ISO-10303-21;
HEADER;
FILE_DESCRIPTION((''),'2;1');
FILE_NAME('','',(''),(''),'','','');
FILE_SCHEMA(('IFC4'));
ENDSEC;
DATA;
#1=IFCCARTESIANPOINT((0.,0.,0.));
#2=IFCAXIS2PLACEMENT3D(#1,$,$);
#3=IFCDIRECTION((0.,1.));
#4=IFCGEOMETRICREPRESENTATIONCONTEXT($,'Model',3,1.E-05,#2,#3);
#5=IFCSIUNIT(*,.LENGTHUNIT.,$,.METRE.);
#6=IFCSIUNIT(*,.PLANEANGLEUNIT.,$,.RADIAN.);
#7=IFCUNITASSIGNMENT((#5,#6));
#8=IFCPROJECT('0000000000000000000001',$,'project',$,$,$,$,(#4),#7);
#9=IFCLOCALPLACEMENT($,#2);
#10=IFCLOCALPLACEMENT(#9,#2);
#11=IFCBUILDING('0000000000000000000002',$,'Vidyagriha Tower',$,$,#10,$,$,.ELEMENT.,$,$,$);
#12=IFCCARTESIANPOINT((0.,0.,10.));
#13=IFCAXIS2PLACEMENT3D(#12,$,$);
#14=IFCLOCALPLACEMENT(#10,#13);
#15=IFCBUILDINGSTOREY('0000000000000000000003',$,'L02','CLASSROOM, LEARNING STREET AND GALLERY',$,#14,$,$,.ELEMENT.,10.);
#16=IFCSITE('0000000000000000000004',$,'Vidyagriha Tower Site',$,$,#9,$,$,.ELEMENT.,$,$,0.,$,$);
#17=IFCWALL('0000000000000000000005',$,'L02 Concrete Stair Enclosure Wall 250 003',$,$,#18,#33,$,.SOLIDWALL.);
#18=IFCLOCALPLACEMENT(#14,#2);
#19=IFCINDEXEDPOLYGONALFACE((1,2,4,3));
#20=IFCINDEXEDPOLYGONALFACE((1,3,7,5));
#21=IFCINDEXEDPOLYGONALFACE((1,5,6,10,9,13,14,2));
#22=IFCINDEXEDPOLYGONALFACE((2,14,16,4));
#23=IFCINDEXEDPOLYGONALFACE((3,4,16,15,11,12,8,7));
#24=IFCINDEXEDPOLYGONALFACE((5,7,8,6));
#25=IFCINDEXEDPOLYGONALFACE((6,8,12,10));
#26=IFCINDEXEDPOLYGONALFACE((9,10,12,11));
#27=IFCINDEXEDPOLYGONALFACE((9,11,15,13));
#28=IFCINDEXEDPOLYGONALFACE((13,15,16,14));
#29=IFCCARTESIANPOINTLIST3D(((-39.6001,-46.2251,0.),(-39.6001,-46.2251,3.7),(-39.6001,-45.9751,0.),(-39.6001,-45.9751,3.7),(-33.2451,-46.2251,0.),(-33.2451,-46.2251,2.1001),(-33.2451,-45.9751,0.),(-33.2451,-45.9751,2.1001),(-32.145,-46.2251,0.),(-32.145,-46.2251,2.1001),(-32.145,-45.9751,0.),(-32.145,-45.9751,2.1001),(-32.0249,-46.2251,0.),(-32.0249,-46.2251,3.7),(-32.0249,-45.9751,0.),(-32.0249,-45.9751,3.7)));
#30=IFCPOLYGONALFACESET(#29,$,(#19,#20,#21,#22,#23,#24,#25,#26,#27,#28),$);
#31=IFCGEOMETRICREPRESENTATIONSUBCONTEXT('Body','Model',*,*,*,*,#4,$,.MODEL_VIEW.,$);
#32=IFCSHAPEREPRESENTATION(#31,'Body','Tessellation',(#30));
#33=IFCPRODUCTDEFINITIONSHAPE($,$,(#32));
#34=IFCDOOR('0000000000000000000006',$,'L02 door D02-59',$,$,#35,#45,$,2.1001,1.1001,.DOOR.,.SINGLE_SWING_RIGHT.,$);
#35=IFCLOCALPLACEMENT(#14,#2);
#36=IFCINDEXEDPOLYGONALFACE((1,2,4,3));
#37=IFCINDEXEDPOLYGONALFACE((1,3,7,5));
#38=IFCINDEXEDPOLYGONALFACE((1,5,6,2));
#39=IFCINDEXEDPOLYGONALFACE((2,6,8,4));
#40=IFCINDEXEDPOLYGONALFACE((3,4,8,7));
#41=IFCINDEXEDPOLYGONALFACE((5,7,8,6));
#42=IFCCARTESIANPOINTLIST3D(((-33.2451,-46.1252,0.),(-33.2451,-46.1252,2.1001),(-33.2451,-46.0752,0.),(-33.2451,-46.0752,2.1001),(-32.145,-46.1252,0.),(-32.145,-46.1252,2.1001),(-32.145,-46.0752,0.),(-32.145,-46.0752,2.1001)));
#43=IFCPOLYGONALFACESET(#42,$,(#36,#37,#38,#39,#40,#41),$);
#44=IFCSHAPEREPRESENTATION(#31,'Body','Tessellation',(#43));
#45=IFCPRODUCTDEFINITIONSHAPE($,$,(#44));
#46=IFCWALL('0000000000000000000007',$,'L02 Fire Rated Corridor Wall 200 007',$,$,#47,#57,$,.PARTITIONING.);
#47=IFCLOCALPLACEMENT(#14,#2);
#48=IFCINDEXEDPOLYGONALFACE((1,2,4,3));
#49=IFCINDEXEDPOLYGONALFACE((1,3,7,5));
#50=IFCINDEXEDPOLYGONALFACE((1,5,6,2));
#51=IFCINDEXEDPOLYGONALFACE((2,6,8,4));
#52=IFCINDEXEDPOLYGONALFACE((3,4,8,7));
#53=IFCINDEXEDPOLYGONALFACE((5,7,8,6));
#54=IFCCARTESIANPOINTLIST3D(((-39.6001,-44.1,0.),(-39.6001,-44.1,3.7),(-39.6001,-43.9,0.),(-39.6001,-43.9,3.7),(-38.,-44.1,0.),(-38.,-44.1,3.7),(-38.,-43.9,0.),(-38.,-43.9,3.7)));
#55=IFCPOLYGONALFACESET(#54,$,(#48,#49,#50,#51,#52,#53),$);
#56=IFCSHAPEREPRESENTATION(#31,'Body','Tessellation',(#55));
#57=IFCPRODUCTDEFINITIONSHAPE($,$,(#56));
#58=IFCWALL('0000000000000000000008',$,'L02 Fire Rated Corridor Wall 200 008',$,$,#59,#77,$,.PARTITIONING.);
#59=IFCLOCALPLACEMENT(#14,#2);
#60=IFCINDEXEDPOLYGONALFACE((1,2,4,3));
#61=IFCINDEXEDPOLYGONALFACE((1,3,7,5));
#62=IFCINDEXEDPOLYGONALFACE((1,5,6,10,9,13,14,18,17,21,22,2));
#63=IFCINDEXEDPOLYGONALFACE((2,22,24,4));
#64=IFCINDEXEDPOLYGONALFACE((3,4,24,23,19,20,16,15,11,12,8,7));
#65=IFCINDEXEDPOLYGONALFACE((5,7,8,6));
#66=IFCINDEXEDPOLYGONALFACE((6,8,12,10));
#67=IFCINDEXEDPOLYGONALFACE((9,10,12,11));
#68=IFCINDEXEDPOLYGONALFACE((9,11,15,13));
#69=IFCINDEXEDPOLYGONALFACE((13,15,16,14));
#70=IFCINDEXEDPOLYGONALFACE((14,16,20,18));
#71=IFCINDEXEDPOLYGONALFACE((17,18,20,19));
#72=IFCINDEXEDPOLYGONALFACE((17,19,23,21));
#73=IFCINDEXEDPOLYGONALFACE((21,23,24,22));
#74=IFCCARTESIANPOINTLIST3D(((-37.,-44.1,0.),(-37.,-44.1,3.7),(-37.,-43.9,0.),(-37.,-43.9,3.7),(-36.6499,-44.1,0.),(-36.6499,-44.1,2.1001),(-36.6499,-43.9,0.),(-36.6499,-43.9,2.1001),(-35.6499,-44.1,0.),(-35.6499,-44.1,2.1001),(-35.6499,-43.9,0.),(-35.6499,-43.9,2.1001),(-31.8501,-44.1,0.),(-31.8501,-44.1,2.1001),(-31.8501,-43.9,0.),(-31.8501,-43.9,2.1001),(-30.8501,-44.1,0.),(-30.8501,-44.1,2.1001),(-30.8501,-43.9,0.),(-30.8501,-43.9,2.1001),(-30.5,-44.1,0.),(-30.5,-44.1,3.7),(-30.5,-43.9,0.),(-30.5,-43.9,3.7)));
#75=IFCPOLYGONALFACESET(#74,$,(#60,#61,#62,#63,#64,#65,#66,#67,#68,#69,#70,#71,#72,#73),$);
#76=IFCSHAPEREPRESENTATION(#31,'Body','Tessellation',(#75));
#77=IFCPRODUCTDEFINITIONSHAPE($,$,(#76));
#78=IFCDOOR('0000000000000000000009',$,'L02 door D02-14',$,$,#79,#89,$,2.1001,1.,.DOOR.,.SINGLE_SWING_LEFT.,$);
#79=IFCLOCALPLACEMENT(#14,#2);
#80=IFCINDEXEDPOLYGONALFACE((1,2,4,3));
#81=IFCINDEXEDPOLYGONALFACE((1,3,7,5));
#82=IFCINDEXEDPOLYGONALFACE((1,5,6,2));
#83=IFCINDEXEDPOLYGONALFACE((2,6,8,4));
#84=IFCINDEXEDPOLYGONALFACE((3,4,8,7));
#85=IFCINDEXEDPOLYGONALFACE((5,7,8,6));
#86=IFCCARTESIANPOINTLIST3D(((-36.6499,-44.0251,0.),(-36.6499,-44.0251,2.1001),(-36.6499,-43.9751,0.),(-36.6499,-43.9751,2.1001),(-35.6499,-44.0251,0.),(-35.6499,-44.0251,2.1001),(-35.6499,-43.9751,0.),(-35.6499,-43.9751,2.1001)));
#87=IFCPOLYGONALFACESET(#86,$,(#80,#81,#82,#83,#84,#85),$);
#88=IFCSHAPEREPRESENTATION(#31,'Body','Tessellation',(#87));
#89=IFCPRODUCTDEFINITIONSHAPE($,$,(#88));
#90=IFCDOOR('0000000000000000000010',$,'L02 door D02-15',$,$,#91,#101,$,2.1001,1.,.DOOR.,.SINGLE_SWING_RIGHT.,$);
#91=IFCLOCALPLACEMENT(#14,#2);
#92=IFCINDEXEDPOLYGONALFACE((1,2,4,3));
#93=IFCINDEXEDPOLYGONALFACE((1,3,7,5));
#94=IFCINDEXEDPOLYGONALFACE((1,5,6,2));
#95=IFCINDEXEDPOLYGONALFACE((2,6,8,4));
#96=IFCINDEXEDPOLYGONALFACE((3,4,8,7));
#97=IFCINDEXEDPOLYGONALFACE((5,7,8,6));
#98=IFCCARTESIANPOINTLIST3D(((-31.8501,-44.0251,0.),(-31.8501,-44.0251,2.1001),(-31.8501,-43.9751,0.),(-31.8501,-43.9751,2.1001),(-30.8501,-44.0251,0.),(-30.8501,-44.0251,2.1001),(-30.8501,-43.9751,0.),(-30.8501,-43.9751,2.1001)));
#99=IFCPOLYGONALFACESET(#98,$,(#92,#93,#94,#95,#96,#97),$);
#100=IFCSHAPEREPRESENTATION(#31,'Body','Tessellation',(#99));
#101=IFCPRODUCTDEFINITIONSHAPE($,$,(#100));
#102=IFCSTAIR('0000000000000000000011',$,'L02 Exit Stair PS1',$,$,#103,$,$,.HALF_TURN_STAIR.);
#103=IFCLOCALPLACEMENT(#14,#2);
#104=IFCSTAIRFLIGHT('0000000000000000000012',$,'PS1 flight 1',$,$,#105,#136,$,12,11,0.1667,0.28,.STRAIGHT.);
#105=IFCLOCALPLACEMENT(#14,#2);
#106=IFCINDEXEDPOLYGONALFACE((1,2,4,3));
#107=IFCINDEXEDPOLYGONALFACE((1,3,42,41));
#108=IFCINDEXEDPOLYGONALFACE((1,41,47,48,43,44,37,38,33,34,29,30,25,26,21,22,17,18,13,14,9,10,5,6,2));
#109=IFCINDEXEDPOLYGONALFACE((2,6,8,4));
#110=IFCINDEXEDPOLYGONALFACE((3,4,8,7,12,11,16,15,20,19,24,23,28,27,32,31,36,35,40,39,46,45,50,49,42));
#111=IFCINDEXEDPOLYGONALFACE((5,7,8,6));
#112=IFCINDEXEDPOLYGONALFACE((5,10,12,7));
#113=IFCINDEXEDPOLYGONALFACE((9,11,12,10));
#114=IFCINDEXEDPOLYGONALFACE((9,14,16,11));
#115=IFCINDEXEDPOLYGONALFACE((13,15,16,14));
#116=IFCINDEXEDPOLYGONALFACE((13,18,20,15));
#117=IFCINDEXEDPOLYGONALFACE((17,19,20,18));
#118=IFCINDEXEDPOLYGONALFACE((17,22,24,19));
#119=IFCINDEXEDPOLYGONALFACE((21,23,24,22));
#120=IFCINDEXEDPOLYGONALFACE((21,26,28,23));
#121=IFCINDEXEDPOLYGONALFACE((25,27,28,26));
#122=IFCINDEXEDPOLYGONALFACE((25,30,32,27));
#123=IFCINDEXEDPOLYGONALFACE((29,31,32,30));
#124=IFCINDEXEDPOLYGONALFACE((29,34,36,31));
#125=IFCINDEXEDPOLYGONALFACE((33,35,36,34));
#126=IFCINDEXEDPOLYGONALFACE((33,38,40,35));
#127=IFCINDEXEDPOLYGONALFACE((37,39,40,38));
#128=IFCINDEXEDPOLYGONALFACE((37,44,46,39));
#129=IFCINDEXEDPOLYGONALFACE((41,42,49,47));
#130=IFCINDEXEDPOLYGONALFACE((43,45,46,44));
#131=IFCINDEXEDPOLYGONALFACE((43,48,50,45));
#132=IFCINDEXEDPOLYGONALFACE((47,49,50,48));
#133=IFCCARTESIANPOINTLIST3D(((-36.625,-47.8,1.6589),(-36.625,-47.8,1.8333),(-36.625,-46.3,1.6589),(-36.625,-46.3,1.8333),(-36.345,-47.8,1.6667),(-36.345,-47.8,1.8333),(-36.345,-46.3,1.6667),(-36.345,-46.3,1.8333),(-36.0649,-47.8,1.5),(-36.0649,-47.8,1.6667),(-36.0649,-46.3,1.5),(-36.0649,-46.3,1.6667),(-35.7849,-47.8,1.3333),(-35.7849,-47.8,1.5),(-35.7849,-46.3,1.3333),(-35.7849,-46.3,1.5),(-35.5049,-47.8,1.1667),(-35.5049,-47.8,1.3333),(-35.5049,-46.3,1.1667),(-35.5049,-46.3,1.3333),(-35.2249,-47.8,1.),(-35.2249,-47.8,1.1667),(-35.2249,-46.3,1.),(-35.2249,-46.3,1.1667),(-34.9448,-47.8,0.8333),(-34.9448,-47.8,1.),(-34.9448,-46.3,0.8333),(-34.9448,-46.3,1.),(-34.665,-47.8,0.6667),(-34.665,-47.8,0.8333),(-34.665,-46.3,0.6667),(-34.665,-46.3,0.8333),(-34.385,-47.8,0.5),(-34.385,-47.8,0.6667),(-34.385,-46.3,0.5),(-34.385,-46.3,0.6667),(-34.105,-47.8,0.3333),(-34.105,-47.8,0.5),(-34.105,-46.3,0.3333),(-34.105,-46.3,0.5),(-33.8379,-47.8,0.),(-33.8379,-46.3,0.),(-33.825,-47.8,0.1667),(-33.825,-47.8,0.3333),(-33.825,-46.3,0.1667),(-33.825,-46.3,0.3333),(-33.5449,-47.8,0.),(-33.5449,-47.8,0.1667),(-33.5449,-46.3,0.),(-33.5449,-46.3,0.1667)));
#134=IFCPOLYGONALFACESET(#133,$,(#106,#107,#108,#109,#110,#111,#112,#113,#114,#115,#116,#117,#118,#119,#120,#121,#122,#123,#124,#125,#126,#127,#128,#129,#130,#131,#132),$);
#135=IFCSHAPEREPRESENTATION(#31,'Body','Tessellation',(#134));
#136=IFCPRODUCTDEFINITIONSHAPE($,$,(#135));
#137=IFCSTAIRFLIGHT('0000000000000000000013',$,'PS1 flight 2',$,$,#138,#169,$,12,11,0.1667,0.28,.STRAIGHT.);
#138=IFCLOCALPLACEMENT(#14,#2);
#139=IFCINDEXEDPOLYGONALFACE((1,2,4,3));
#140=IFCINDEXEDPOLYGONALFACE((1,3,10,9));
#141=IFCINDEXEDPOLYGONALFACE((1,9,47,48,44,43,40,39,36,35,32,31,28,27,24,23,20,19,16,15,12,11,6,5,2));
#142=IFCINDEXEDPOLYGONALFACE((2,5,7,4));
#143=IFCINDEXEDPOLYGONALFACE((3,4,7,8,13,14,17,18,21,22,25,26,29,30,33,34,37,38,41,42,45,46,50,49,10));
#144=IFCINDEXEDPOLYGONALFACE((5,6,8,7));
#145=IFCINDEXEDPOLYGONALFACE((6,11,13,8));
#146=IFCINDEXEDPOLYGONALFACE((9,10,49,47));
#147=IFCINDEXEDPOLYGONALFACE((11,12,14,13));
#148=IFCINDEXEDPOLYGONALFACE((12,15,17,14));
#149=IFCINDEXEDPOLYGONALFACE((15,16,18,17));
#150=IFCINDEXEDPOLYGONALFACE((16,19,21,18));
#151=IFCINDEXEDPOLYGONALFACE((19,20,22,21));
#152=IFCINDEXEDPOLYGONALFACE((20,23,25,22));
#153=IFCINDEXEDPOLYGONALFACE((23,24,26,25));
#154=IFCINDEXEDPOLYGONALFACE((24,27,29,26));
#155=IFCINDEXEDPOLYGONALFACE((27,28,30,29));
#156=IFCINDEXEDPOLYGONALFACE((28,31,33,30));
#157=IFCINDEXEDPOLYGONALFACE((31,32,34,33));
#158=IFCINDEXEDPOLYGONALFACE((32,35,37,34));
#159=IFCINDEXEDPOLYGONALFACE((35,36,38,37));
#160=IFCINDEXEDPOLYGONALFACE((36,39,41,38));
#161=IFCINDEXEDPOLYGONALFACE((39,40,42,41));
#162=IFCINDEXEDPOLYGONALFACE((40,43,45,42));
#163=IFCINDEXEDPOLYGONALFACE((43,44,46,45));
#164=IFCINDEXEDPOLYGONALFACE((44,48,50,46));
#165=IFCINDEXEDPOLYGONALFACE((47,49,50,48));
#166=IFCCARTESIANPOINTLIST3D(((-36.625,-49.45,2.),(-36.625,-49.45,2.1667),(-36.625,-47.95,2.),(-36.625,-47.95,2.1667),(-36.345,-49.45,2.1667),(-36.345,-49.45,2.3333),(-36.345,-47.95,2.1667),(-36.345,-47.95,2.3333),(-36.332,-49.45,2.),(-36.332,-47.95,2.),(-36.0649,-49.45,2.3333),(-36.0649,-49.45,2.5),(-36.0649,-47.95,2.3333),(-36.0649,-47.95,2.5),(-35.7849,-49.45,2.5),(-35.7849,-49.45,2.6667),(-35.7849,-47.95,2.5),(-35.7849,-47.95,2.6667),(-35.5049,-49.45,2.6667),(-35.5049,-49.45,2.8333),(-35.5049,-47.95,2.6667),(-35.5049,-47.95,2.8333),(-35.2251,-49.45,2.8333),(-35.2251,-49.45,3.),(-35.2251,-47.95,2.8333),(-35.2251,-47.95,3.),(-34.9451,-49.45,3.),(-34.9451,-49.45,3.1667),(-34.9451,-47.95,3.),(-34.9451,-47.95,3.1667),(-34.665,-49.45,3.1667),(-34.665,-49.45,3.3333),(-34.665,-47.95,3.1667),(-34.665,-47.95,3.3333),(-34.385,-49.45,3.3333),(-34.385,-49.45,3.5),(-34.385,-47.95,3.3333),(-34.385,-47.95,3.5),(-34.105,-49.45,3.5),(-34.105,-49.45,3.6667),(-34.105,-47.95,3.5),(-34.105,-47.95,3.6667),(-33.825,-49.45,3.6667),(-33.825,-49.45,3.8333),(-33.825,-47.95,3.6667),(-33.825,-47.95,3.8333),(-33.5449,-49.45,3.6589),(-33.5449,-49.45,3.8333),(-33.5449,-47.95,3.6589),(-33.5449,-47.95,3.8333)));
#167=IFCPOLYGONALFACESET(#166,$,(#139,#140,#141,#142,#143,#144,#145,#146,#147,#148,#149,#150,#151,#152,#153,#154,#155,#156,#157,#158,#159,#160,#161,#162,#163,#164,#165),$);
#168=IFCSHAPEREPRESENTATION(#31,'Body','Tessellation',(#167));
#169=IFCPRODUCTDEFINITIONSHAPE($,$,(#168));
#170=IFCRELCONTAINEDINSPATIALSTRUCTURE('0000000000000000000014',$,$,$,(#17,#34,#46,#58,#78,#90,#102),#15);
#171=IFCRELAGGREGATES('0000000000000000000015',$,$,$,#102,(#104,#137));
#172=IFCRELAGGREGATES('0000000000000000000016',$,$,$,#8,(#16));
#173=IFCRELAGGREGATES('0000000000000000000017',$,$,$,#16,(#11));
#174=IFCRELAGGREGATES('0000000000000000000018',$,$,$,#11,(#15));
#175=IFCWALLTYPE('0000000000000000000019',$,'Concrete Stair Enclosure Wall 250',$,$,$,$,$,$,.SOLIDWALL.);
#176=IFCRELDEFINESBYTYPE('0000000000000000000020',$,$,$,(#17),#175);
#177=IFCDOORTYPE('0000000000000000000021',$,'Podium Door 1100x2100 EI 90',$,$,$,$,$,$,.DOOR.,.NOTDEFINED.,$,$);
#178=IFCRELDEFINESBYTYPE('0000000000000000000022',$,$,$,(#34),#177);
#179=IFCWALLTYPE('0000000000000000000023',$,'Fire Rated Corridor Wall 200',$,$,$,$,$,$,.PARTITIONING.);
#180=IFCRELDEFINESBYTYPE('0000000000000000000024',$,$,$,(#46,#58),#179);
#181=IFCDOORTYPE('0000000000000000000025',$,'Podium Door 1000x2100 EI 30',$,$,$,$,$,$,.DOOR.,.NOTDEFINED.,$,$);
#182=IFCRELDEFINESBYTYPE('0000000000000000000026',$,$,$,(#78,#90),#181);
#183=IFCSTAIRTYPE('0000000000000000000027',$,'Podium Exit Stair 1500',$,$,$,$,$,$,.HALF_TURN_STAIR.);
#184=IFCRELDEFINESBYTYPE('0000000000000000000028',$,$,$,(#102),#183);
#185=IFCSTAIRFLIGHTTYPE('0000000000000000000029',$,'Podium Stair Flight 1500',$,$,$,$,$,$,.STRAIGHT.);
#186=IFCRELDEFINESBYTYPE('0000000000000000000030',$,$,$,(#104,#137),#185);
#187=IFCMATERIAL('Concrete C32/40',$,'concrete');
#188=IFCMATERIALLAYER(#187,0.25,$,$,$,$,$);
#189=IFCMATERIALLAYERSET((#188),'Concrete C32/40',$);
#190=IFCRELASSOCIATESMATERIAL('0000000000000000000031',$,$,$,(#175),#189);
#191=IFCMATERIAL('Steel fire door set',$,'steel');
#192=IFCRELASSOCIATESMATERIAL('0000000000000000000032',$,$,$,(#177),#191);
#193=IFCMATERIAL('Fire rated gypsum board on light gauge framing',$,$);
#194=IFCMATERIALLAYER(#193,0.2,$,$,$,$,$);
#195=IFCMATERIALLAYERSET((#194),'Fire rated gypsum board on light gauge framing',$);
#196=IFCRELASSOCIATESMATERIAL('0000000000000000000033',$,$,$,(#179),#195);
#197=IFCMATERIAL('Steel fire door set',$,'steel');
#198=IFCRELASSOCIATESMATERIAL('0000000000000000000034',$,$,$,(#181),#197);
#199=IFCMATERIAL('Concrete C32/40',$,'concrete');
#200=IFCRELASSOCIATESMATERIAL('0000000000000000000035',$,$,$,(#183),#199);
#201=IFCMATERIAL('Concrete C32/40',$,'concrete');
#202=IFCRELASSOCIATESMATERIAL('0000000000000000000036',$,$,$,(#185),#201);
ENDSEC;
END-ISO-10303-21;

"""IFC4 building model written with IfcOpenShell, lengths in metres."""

from ifc_helpers import new_model, si_unit, direction, frame, frame_2d, origin, place, context, subcontext, project, spatial, polyline, rectangle, outline, extrude, material, layer, layer_set, type_object, element, fill, aggregate, save


model = new_model("IFC4")

# Units and contexts
model_context = context("Model", 3, precision=1e-05, world=origin(), true_north=direction((0.0, 1.0)))
body_context = subcontext(model_context, "Body", "Model", "MODEL_VIEW")
ifc_project = project(units=[si_unit("LENGTHUNIT", "METRE"), si_unit("PLANEANGLEUNIT", "RADIAN")], contexts=[model_context])

# Site, building, storey
site_placement = place(None, origin())
site = spatial("IfcSite", under=ifc_project, at=site_placement, Name="Vidyagriha Tower Site", CompositionType="ELEMENT", RefElevation=0.0)
building_placement = place(site_placement, origin())
building = spatial("IfcBuilding", under=site, at=building_placement, Name="Vidyagriha Tower", CompositionType="ELEMENT")
storey_placement = place(building_placement, frame((0.0, 0.0, 10.0)))
storey = spatial("IfcBuildingStorey", under=building, at=storey_placement, Name="L02", Description="CLASSROOM, LEARNING STREET AND GALLERY", CompositionType="ELEMENT", Elevation=10.0)

# Wall, opening, door
ifc_material_1 = material(Name="Concrete C32/40", Category="concrete")
ifc_layer_1 = layer(ifc_material_1, 0.25)
ifc_layer_set_1 = layer_set([ifc_layer_1], Name="Concrete C32/40")
wall_type_1 = type_object("IfcWallType", Name="Concrete Stair Enclosure Wall 250", PredefinedType="SOLIDWALL", material=ifc_layer_set_1)
wall_1_placement = place(storey_placement, frame((-39.6001, -46.1001, 0.0)))
wall_1 = element("IfcWall", 1, at=wall_1_placement, inside=storey, type_object=wall_type_1, Name="L02 Concrete Stair Enclosure Wall 250 003", PredefinedType="SOLIDWALL", context=body_context, shape_type="SweptSolid", body=[
    extrude(rectangle(XDim=7.5752, YDim=0.25, at=frame_2d((3.7876, 0.0))), origin(), (0.0, 0.0, 1.0), 3.7),
])
opening_1_placement = place(wall_1_placement, frame((6.355, 0.0, 0.0)))
opening_1 = element("IfcOpeningElement", 2, at=opening_1_placement, cuts=wall_1, PredefinedType="OPENING", context=body_context, shape_type="SweptSolid", body=[
    extrude(rectangle(XDim=1.1001, YDim=2.1001, at=frame_2d((0.55, 1.05))), frame((0.0, 0.135, 0.0), z_axis=(0.0, -1.0, 0.0), x_axis=(1.0, 0.0, 0.0)), (0.0, 0.0, 1.0), 0.27),
])
ifc_material_2 = material(Name="Steel fire door set", Category="steel")
door_type_1 = type_object("IfcDoorType", Name="Podium Door 1100x2100 EI 90", OperationType="NOTDEFINED", PredefinedType="DOOR", material=ifc_material_2)
door_1_placement = place(opening_1_placement, origin())
door_1 = element("IfcDoor", 3, at=door_1_placement, inside=storey, type_object=door_type_1, Name="L02 door D02-59", OperationType="SINGLE_SWING_RIGHT", OverallHeight=2.1001, OverallWidth=1.1001, PredefinedType="DOOR", context=body_context, shape_type="SweptSolid", body=[
    extrude(rectangle(XDim=1.1001, YDim=2.1001, at=frame_2d((0.55, 1.05))), frame((0.0, 0.0249, 0.0), z_axis=(0.0, -1.0, 0.0), x_axis=(1.0, 0.0, 0.0)), (0.0, 0.0, 1.0), 0.05),
])
fill(opening_1, door_1)

# Wall
ifc_material_3 = material(Name="Fire rated gypsum board on light gauge framing")
ifc_layer_2 = layer(ifc_material_3, 0.2)
ifc_layer_set_2 = layer_set([ifc_layer_2], Name="Fire rated gypsum board on light gauge framing")
wall_type_2 = type_object("IfcWallType", Name="Fire Rated Corridor Wall 200", PredefinedType="PARTITIONING", material=ifc_layer_set_2)
wall_2_placement = place(storey_placement, frame((-39.6001, -44.0, 0.0)))
element("IfcWall", 4, at=wall_2_placement, inside=storey, type_object=wall_type_2, Name="L02 Fire Rated Corridor Wall 200 007", PredefinedType="PARTITIONING", context=body_context, shape_type="SweptSolid", body=[
    extrude(rectangle(XDim=1.6001, YDim=0.2, at=frame_2d((0.8, 0.0))), origin(), (0.0, 0.0, 1.0), 3.7),
])

# Wall, openings, doors
wall_3_placement = place(storey_placement, frame((-37.0, -44.0, 0.0)))
wall_3 = element("IfcWall", 5, at=wall_3_placement, inside=storey, type_object=wall_type_2, Name="L02 Fire Rated Corridor Wall 200 008", PredefinedType="PARTITIONING", context=body_context, shape_type="SweptSolid", body=[
    extrude(rectangle(XDim=6.5, YDim=0.2, at=frame_2d((3.25, 0.0))), origin(), (0.0, 0.0, 1.0), 3.7),
])
opening_2_placement = place(wall_3_placement, frame((0.3501, 0.0, 0.0)))
opening_2 = element("IfcOpeningElement", 6, at=opening_2_placement, cuts=wall_3, PredefinedType="OPENING", context=body_context, shape_type="SweptSolid", body=[
    extrude(rectangle(XDim=1.0, YDim=2.1001, at=frame_2d((0.5, 1.05))), frame((0.0, 0.1099, 0.0), z_axis=(0.0, -1.0, 0.0), x_axis=(1.0, 0.0, 0.0)), (0.0, 0.0, 1.0), 0.22),
])
opening_3_placement = place(wall_3_placement, frame((5.1499, 0.0, 0.0)))
opening_3 = element("IfcOpeningElement", 7, at=opening_3_placement, cuts=wall_3, PredefinedType="OPENING", context=body_context, shape_type="SweptSolid", body=[
    extrude(rectangle(XDim=1.0, YDim=2.1001, at=frame_2d((0.5, 1.05))), frame((0.0, 0.1099, 0.0), z_axis=(0.0, -1.0, 0.0), x_axis=(1.0, 0.0, 0.0)), (0.0, 0.0, 1.0), 0.22),
])
ifc_material_4 = material(Name="Steel fire door set", Category="steel")
door_type_2 = type_object("IfcDoorType", Name="Podium Door 1000x2100 EI 30", OperationType="NOTDEFINED", PredefinedType="DOOR", material=ifc_material_4)
door_2_placement = place(opening_2_placement, origin())
door_2 = element("IfcDoor", 8, at=door_2_placement, inside=storey, type_object=door_type_2, Name="L02 door D02-14", OperationType="SINGLE_SWING_LEFT", OverallHeight=2.1001, OverallWidth=1.0, PredefinedType="DOOR", context=body_context, shape_type="SweptSolid", body=[
    extrude(rectangle(XDim=1.0, YDim=2.1001, at=frame_2d((0.5, 1.05))), frame((0.0, 0.0249, 0.0), z_axis=(0.0, -1.0, 0.0), x_axis=(1.0, 0.0, 0.0)), (0.0, 0.0, 1.0), 0.05),
])
fill(opening_2, door_2)
door_3_placement = place(opening_3_placement, origin())
door_3 = element("IfcDoor", 9, at=door_3_placement, inside=storey, type_object=door_type_2, Name="L02 door D02-15", OperationType="SINGLE_SWING_RIGHT", OverallHeight=2.1001, OverallWidth=1.0, PredefinedType="DOOR", context=body_context, shape_type="SweptSolid", body=[
    extrude(rectangle(XDim=1.0, YDim=2.1001, at=frame_2d((0.5, 1.05))), frame((0.0, 0.0249, 0.0), z_axis=(0.0, -1.0, 0.0), x_axis=(1.0, 0.0, 0.0)), (0.0, 0.0, 1.0), 0.05),
])
fill(opening_3, door_3)

# Stair, stair flights
ifc_material_5 = material(Name="Concrete C32/40", Category="concrete")
stair_type = type_object("IfcStairType", Name="Podium Exit Stair 1500", PredefinedType="HALF_TURN_STAIR", material=ifc_material_5)
stair_placement = place(storey_placement, origin())
stair = element("IfcStair", 10, at=stair_placement, inside=storey, type_object=stair_type, Name="L02 Exit Stair PS1", PredefinedType="HALF_TURN_STAIR")
ifc_material_6 = material(Name="Concrete C32/40", Category="concrete")
stair_flight_type = type_object("IfcStairFlightType", Name="Podium Stair Flight 1500", PredefinedType="STRAIGHT", material=ifc_material_6)
stair_flight_1_placement = place(storey_placement, frame((-33.5449, -47.05, 0.0), z_axis=(0.0, 0.0, 1.0), x_axis=(-1.0, 0.0, 0.0)))
stair_flight_1 = element("IfcStairFlight", 11, at=stair_flight_1_placement, type_object=stair_flight_type, Name="PS1 flight 1", NumberOfRisers=12, NumberOfTreads=11, PredefinedType="STRAIGHT", RiserHeight=0.1667, TreadLength=0.28, context=body_context, shape_type="SweptSolid", body=[
    extrude(outline(polyline([(0.0, 0.0), (0.0, 0.1667), (0.28, 0.1667), (0.28, 0.3333), (0.5601, 0.3333), (0.5601, 0.5), (0.8401, 0.5), (0.8401, 0.6667), (1.1201, 0.6667), (1.1201, 0.8333), (1.3999, 0.8333), (1.3999, 1.0), (1.6799, 1.0), (1.6799, 1.1667), (1.96, 1.1667), (1.96, 1.3333), (2.24, 1.3333), (2.24, 1.5), (2.52, 1.5), (2.52, 1.6667), (2.8, 1.6667), (2.8, 1.8333), (3.0801, 1.8333), (3.0801, 2.0), (3.0801, 1.6589), (0.293, 0.0), (0.0, 0.0)])), frame((0.0, 0.75, 0.0), z_axis=(0.0, -1.0, 0.0), x_axis=(1.0, 0.0, 0.0)), (0.0, 0.0, 1.0), 1.5),
])
stair_flight_2_placement = place(storey_placement, frame((-36.625, -48.7, 2.0)))
stair_flight_2 = element("IfcStairFlight", 12, at=stair_flight_2_placement, type_object=stair_flight_type, Name="PS1 flight 2", NumberOfRisers=12, NumberOfTreads=11, PredefinedType="STRAIGHT", RiserHeight=0.1667, TreadLength=0.28, context=body_context, shape_type="SweptSolid", body=[
    extrude(outline(polyline([(0.0, 0.0), (0.0, 0.1667), (0.28, 0.1667), (0.28, 0.3333), (0.5601, 0.3333), (0.5601, 0.5), (0.8401, 0.5), (0.8401, 0.6667), (1.1201, 0.6667), (1.1201, 0.8333), (1.3999, 0.8333), (1.3999, 1.0), (1.6799, 1.0), (1.6799, 1.1667), (1.96, 1.1667), (1.96, 1.3333), (2.24, 1.3333), (2.24, 1.5), (2.52, 1.5), (2.52, 1.6667), (2.8, 1.6667), (2.8, 1.8333), (3.0801, 1.8333), (3.0801, 2.0), (3.0801, 1.6589), (0.293, 0.0), (0.0, 0.0)])), frame((0.0, 0.75, 0.0), z_axis=(0.0, -1.0, 0.0), x_axis=(1.0, 0.0, 0.0)), (0.0, 0.0, 1.0), 1.5),
])
aggregate(stair, [stair_flight_1, stair_flight_2])

save(model, "model.ifc")
